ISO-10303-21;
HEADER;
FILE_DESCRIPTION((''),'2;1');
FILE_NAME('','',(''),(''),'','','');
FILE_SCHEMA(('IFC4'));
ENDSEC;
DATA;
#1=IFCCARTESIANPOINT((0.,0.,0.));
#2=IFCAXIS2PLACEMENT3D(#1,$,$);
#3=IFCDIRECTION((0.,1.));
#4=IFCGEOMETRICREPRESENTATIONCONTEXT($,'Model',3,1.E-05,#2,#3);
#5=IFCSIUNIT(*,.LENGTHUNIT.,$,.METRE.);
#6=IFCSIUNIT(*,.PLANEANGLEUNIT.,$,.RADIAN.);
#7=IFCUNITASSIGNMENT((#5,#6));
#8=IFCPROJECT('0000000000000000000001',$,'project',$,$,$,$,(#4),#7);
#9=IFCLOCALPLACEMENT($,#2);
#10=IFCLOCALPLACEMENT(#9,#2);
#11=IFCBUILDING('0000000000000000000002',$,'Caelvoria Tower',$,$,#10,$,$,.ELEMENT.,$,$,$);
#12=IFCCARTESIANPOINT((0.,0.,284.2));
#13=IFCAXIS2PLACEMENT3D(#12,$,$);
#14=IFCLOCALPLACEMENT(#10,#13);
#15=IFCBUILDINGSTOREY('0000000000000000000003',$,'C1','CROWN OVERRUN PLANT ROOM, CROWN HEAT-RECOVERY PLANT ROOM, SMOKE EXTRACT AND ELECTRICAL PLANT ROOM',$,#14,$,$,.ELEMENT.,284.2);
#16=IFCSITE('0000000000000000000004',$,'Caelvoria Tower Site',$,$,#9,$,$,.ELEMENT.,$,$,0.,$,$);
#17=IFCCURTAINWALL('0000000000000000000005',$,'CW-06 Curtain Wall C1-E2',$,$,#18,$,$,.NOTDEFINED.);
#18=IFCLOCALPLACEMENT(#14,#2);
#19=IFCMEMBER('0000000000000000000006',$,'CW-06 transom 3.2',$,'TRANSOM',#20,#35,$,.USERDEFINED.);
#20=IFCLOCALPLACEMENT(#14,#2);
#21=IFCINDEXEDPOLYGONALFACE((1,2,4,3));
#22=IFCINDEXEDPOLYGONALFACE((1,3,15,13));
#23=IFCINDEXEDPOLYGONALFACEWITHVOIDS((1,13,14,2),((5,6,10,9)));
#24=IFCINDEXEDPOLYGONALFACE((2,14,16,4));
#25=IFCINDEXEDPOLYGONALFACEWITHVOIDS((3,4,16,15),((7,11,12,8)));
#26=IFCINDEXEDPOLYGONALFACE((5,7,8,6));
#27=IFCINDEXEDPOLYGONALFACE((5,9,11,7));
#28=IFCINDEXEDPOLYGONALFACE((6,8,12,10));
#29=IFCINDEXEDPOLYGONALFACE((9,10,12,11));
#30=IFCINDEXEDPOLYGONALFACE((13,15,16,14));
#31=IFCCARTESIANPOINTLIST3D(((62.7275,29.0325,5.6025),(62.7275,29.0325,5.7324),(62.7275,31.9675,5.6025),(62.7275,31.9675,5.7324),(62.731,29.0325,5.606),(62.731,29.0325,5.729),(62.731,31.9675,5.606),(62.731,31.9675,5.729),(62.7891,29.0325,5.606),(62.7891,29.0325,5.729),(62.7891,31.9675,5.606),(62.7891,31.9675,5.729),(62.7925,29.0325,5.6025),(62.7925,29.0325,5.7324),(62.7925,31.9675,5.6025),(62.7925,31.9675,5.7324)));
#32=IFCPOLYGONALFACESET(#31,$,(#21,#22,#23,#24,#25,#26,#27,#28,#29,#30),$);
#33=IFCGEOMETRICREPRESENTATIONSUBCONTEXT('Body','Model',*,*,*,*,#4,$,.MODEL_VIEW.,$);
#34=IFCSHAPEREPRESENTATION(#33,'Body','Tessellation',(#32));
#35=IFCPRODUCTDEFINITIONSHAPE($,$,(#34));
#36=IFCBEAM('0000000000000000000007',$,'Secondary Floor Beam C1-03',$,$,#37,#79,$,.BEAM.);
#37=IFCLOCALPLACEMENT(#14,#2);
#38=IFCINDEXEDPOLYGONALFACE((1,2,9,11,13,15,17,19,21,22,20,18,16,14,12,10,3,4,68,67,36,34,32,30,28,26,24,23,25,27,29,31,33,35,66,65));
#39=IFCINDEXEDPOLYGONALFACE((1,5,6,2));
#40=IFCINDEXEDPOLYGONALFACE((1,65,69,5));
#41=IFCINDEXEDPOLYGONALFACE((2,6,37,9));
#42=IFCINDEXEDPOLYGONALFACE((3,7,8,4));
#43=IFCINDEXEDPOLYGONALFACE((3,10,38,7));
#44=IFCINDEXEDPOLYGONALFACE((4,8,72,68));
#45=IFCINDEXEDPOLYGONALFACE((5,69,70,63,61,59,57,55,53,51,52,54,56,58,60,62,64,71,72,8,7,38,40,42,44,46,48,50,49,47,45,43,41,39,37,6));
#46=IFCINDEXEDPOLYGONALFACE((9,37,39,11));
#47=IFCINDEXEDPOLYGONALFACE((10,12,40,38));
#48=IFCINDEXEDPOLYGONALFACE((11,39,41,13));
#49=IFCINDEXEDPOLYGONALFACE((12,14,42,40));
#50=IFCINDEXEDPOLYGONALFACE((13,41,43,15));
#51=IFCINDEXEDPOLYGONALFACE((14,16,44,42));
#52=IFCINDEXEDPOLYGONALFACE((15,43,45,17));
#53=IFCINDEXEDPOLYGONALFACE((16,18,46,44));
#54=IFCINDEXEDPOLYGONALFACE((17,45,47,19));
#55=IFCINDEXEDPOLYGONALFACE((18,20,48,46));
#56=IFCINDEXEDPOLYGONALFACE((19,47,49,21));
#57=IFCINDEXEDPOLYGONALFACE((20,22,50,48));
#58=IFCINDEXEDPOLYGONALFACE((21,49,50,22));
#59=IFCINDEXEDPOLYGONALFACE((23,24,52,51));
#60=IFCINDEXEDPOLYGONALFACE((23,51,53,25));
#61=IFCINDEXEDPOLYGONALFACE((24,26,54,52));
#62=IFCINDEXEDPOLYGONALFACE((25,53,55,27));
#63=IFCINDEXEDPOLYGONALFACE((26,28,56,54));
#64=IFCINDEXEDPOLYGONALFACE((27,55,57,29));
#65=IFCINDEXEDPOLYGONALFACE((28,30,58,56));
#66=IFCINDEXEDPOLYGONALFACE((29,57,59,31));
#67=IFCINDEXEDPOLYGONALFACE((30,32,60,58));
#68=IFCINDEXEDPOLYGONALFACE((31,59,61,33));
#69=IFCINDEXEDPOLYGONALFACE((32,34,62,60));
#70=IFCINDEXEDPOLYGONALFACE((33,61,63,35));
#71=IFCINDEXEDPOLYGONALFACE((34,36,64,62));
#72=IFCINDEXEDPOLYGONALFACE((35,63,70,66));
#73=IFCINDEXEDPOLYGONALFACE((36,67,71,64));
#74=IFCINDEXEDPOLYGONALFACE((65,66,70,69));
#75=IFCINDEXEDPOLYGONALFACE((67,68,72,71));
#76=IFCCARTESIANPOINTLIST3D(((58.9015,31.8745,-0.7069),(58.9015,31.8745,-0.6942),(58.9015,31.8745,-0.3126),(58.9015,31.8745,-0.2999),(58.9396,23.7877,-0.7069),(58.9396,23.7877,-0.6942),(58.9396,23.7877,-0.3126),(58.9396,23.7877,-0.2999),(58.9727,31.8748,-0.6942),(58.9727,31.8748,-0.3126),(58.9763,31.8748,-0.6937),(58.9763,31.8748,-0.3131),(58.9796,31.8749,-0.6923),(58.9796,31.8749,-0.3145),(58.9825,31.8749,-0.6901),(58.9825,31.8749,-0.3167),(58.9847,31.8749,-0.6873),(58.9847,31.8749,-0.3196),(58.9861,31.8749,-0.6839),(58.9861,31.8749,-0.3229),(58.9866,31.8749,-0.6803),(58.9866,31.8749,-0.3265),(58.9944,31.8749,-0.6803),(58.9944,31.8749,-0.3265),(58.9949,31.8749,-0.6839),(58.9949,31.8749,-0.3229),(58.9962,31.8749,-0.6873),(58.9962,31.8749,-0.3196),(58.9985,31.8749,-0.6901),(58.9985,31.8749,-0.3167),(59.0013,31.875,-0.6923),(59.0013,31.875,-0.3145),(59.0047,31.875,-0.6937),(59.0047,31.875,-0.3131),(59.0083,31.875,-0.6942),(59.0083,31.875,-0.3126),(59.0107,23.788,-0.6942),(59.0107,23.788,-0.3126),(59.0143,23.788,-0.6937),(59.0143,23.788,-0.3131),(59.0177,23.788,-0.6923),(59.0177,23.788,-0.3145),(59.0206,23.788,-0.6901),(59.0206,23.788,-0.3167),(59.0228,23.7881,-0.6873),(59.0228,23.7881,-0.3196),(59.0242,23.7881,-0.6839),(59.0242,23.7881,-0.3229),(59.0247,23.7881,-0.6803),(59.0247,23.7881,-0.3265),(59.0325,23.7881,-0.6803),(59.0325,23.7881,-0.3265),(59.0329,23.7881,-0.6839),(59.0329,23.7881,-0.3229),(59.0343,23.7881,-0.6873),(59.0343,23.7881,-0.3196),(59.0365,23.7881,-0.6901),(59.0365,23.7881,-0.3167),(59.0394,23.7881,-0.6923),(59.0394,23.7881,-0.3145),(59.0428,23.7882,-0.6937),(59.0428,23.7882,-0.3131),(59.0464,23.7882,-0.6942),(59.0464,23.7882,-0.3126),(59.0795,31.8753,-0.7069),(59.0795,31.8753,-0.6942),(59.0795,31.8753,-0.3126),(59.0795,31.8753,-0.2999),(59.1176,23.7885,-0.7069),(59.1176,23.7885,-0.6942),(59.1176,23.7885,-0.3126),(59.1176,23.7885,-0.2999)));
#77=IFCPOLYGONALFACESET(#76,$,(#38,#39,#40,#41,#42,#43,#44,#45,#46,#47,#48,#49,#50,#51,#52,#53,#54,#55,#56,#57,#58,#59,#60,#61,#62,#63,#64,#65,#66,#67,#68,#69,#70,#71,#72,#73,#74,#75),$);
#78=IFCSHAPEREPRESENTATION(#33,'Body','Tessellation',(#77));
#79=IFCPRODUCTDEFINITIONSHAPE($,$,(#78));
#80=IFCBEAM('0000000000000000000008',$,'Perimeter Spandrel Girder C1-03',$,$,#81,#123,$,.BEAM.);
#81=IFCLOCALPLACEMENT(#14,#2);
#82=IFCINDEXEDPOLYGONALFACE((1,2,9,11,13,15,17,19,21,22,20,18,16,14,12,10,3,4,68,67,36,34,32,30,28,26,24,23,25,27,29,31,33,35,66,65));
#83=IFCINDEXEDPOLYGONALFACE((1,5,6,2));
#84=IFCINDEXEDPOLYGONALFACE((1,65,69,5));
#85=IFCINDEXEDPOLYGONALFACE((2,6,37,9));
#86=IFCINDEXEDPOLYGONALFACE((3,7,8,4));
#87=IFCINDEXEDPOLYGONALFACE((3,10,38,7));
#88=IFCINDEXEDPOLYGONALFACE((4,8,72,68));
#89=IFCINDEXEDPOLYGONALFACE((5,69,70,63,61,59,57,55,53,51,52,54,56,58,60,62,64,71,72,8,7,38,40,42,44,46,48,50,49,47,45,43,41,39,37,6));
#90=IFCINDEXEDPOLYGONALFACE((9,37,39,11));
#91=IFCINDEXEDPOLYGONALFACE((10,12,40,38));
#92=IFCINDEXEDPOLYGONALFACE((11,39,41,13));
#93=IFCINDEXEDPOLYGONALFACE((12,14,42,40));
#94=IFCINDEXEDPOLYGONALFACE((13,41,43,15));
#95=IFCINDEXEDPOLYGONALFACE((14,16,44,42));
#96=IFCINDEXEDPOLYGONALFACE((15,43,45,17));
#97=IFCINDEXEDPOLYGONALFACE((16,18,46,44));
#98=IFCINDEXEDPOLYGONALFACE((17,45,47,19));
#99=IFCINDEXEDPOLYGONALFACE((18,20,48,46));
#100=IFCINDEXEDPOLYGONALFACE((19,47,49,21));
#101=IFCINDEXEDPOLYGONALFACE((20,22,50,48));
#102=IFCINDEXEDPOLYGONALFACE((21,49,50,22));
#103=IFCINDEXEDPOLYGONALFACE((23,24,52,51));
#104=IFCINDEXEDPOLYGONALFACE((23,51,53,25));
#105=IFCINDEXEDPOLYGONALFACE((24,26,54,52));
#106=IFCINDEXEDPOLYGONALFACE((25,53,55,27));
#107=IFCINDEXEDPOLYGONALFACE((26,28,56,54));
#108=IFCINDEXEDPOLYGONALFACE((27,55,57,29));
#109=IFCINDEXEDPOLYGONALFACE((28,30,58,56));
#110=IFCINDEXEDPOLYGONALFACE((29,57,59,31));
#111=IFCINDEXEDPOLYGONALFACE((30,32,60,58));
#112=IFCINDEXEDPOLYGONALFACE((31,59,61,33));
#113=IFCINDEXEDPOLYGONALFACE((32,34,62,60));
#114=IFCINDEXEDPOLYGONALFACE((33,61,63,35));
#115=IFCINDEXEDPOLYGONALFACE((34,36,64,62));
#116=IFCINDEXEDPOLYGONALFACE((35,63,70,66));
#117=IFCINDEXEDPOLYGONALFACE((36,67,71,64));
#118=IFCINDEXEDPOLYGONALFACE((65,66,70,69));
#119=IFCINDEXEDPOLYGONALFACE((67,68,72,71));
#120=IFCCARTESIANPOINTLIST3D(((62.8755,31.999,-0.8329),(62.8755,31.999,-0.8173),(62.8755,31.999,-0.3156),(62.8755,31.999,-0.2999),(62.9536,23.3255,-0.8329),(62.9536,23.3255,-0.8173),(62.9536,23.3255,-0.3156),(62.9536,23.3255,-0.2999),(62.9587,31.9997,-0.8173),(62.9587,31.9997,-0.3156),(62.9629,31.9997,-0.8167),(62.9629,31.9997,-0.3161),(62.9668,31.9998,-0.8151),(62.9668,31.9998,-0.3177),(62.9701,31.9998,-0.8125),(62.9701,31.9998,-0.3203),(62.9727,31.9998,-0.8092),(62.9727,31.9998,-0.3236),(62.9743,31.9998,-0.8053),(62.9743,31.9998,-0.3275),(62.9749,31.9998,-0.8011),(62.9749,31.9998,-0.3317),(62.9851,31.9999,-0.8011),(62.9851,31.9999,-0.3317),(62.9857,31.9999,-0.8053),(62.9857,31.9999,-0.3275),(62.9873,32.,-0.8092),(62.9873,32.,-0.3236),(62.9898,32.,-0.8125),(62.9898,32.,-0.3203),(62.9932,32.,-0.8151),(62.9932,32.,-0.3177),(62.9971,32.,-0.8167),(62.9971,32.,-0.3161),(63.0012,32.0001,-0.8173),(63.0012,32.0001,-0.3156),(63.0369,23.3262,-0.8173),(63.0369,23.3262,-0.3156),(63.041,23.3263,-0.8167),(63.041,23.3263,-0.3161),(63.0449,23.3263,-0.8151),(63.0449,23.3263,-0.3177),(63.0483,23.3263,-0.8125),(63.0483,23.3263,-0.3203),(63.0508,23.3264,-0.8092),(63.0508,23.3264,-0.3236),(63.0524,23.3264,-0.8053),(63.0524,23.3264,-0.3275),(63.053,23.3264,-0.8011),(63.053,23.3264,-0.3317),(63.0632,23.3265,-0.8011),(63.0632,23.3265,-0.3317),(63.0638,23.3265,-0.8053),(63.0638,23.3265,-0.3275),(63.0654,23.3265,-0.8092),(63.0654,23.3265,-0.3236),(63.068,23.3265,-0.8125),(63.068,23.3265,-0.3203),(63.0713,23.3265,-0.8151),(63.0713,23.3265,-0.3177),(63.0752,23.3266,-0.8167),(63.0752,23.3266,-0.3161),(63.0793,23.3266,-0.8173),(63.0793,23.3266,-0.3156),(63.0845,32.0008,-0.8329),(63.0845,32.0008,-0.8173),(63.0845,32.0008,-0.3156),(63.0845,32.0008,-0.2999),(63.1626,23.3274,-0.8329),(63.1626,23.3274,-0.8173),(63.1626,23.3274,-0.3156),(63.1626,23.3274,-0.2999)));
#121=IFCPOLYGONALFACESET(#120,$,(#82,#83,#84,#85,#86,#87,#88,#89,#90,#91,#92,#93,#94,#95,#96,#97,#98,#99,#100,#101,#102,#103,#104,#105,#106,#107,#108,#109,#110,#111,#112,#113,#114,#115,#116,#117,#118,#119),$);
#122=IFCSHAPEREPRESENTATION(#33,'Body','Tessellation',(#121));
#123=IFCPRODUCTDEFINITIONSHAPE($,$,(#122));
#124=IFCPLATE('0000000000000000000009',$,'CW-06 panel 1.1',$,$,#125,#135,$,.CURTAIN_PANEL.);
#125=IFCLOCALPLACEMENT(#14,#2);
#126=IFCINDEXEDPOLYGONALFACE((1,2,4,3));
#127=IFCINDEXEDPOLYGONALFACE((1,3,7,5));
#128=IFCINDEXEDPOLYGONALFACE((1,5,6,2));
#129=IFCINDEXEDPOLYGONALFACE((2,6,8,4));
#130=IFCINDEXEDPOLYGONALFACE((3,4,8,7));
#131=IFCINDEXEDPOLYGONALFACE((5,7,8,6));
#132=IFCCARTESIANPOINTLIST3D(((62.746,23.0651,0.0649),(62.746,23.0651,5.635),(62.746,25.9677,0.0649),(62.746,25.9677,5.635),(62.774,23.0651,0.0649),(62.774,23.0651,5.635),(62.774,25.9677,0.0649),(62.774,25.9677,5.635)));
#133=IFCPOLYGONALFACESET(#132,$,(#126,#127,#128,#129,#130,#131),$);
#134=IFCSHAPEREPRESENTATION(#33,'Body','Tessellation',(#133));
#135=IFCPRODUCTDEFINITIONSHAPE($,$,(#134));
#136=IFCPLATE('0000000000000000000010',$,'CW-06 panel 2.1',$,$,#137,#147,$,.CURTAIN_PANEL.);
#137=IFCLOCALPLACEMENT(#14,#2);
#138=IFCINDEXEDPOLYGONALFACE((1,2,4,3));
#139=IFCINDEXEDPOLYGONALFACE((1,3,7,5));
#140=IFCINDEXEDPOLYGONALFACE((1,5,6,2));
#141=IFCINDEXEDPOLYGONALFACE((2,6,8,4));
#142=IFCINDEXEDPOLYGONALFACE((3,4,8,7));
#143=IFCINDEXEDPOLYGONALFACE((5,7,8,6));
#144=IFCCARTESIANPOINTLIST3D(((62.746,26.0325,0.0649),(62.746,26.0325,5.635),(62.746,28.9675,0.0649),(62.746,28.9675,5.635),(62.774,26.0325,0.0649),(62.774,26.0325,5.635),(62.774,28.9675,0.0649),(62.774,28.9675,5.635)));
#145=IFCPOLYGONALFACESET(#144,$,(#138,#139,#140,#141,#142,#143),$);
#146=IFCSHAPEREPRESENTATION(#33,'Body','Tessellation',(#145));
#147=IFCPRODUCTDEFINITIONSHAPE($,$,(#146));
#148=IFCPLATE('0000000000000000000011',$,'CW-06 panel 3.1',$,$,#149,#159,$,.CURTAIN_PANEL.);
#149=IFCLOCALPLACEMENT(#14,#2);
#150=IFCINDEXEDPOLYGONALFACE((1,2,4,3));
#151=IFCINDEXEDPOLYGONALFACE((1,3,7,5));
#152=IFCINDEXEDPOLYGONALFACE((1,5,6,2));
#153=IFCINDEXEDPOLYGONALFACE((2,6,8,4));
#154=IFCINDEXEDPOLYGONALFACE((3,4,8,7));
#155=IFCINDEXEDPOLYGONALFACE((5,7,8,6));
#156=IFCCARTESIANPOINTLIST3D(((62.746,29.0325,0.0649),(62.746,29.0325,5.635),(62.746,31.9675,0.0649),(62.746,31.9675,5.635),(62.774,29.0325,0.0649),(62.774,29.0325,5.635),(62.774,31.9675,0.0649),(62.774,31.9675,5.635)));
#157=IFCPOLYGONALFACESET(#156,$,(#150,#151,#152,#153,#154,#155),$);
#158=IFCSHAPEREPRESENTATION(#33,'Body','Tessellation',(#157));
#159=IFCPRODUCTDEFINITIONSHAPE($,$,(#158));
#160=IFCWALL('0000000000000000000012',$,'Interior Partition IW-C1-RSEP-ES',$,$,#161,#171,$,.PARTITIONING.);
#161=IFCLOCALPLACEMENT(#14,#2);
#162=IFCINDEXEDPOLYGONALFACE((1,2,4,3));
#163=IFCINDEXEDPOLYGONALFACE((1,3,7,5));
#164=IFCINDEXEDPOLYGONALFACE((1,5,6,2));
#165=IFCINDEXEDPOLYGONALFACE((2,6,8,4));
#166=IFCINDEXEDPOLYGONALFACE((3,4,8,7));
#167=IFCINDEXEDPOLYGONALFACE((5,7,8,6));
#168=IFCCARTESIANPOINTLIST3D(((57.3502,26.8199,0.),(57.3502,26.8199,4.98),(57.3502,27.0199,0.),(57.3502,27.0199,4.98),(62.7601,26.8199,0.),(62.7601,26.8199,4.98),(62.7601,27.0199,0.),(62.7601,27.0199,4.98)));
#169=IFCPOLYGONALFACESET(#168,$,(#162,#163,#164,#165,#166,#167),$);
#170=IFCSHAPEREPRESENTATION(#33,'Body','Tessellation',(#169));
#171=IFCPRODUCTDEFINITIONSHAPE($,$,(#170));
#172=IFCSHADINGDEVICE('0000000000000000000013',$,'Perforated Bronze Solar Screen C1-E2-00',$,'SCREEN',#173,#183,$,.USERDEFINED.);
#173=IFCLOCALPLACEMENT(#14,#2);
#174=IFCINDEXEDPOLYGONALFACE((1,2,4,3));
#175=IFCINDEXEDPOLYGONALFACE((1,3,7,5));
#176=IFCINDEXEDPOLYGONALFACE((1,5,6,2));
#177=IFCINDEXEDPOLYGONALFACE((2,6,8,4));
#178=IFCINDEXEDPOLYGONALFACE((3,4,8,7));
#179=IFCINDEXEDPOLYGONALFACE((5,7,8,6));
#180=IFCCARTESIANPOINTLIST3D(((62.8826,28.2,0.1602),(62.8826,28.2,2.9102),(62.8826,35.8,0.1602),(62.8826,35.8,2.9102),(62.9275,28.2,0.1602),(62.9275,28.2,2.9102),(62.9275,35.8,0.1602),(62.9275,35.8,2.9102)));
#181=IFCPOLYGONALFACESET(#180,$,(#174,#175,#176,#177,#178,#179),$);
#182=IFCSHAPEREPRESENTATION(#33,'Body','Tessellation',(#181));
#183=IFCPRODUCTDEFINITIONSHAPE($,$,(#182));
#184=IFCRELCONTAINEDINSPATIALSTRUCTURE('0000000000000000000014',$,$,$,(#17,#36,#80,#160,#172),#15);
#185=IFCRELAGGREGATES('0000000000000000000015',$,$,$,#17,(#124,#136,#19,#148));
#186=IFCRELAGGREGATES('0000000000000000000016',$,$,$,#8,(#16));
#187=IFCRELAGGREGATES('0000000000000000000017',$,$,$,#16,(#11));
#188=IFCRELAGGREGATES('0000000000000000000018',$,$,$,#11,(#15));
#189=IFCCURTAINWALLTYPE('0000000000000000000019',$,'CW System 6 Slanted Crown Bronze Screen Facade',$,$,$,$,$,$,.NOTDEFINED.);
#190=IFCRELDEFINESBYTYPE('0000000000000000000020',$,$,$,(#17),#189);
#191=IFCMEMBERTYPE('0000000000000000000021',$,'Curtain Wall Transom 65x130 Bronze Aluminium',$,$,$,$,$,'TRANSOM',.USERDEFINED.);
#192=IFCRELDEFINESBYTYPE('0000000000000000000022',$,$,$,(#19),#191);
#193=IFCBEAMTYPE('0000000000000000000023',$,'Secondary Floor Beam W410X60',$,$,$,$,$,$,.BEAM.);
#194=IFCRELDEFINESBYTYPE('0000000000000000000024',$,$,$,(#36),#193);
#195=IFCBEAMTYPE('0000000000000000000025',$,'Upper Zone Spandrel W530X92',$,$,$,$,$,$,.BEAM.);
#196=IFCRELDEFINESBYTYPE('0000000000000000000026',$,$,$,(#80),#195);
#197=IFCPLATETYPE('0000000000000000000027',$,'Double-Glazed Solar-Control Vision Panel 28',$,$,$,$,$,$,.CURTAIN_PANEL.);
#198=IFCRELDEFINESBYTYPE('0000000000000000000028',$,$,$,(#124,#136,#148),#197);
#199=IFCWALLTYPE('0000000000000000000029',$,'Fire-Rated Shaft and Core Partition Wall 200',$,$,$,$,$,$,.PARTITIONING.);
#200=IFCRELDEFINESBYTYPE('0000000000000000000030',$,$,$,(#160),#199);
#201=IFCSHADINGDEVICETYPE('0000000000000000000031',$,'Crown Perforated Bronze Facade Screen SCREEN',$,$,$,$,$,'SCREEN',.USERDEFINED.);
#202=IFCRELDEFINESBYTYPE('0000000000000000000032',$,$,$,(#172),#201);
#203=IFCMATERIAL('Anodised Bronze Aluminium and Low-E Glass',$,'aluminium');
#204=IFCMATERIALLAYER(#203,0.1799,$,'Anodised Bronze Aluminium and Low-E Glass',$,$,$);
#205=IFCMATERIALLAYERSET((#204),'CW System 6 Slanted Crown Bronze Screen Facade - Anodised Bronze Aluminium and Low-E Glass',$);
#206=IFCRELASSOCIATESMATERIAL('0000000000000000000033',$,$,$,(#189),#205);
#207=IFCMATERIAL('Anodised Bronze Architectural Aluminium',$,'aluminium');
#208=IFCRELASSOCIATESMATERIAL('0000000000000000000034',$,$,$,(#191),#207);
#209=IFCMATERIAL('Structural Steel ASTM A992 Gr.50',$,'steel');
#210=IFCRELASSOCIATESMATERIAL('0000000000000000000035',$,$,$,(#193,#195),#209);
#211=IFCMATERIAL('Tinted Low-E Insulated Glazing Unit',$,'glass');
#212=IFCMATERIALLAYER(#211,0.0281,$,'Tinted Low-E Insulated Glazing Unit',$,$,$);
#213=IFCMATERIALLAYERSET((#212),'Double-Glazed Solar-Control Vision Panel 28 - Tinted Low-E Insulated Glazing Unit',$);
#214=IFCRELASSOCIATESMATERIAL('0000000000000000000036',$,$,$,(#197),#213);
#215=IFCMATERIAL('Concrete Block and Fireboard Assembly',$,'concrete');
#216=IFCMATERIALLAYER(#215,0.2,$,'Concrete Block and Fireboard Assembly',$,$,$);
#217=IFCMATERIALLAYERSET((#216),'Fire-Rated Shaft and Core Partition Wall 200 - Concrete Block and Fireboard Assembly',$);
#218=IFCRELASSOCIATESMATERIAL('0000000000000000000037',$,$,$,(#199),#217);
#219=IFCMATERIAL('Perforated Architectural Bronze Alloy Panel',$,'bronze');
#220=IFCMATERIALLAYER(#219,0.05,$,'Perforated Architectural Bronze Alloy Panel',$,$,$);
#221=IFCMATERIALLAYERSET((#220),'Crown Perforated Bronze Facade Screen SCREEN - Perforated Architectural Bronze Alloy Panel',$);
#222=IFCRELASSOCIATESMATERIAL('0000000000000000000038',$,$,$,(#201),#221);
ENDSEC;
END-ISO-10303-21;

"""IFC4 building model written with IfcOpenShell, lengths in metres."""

from ifc_helpers import new_model, si_unit, direction, frame, frame_2d, origin, origin_2d, place, context, subcontext, project, spatial, rectangle, hollow_rectangle, i_section, extrude, material, layer, layer_set, material_profile, profile_set, type_object, element, aggregate, save


model = new_model("IFC4")

# Units and contexts
model_context = context("Model", 3, precision=1e-05, world=origin(), true_north=direction((0.0, 1.0)))
body_context = subcontext(model_context, "Body", "Model", "MODEL_VIEW")
ifc_project = project(units=[si_unit("LENGTHUNIT", "METRE"), si_unit("PLANEANGLEUNIT", "RADIAN")], contexts=[model_context])

# Site, building, storey
site_placement = place(None, origin())
site = spatial("IfcSite", under=ifc_project, at=site_placement, Name="Caelvoria Tower Site", CompositionType="ELEMENT", RefElevation=0.0)
building_placement = place(site_placement, origin())
building = spatial("IfcBuilding", under=site, at=building_placement, Name="Caelvoria Tower", CompositionType="ELEMENT")
storey_placement = place(building_placement, frame((0.0, 0.0, 284.2)))
storey = spatial("IfcBuildingStorey", under=building, at=storey_placement, Name="C1", Description="CROWN OVERRUN PLANT ROOM, CROWN HEAT-RECOVERY PLANT ROOM, SMOKE EXTRACT AND ELECTRICAL PLANT ROOM", CompositionType="ELEMENT", Elevation=284.2)

# Shared definitions
ifc_material_1 = material(Name="Structural Steel ASTM A992 Gr.50", Category="steel")

# Shared definitions
ifc_material_2 = material(Name="Anodised Bronze Aluminium and Low-E Glass", Category="aluminium")
ifc_layer_1 = layer(ifc_material_2, 0.1799, Name="Anodised Bronze Aluminium and Low-E Glass")
ifc_layer_set_1 = layer_set([ifc_layer_1], Name="CW System 6 Slanted Crown Bronze Screen Facade - Anodised Bronze Aluminium and Low-E Glass")
curtain_wall_type = type_object("IfcCurtainWallType", Name="CW System 6 Slanted Crown Bronze Screen Facade", PredefinedType="NOTDEFINED", material=ifc_layer_set_1)
ifc_material_3 = material(Name="Anodised Bronze Architectural Aluminium", Category="aluminium")

# Curtain wall, member
curtain_wall_1_placement = place(storey_placement, origin())
curtain_wall_1 = element("IfcCurtainWall", 1, at=curtain_wall_1_placement, inside=storey, type_object=curtain_wall_type, Name="CW-06 Curtain Wall C1-E2", PredefinedType="NOTDEFINED")
ifc_material_profile_1 = material_profile(ifc_material_3, hollow_rectangle(XDim=0.0649, YDim=0.1299, WallThickness=0.0034, at=origin_2d()), Name="Anodised Bronze Architectural Aluminium")
ifc_profile_set_1 = profile_set([ifc_material_profile_1], Name="CW_TRAN_65X130 - Anodised Bronze Architectural Aluminium")
member_type_1 = type_object("IfcMemberType", Name="Curtain Wall Transom 65x130 Bronze Aluminium", ElementType="TRANSOM", PredefinedType="USERDEFINED", material=ifc_profile_set_1)
member_1_placement = place(storey_placement, frame((62.76, 29.0325, 5.6675), z_axis=(0.0, 1.0, 0.0), x_axis=(-1.0, 0.0, 0.0)))
member_1 = element("IfcMember", 2, at=member_1_placement, type_object=member_type_1, Name="CW-06 transom 3.2", ObjectType="TRANSOM", PredefinedType="USERDEFINED", context=body_context, shape_type="SweptSolid", body=[
    extrude(hollow_rectangle(XDim=0.0649, YDim=0.1299, WallThickness=0.0034, at=origin_2d()), origin(), (0.0, 0.0, 1.0), 2.9351),
])

# Beams
ifc_material_profile_2 = material_profile(ifc_material_1, i_section(OverallWidth=0.178, OverallDepth=0.407, WebThickness=0.0078, FlangeThickness=0.0127, FilletRadius=0.0139, at=origin_2d()), Name="Structural Steel ASTM A992 Gr.50")
ifc_profile_set_2 = profile_set([ifc_material_profile_2], Name="W410X60 - Structural Steel ASTM A992 Gr.50")
beam_type_1 = type_object("IfcBeamType", Name="Secondary Floor Beam W410X60", PredefinedType="BEAM", material=ifc_profile_set_2)
beam_1_placement = place(storey_placement, frame((59.0286, 23.7881, -0.5034), z_axis=(-0.00471, 0.999989, 0.0), x_axis=(-0.999989, -0.00471, 0.0)))
element("IfcBeam", 3, at=beam_1_placement, inside=storey, type_object=beam_type_1, Name="Secondary Floor Beam C1-03", PredefinedType="BEAM", context=body_context, shape_type="SweptSolid", body=[
    extrude(i_section(OverallWidth=0.178, OverallDepth=0.407, WebThickness=0.0078, FlangeThickness=0.0127, FilletRadius=0.0139, at=origin_2d()), origin(), (0.0, 0.0, 1.0), 8.0869),
])
ifc_material_profile_3 = material_profile(ifc_material_1, i_section(OverallWidth=0.209, OverallDepth=0.533, WebThickness=0.0103, FlangeThickness=0.0156, FilletRadius=0.0161, at=origin_2d()), Name="Structural Steel ASTM A992 Gr.50")
ifc_profile_set_3 = profile_set([ifc_material_profile_3], Name="W530X92 - Structural Steel ASTM A992 Gr.50")
beam_type_2 = type_object("IfcBeamType", Name="Upper Zone Spandrel W530X92", PredefinedType="BEAM", material=ifc_profile_set_3)
beam_2_placement = place(storey_placement, frame((63.0581, 23.3264, -0.5664), z_axis=(-0.009007, 0.999959, 0.0), x_axis=(-0.999959, -0.009007, 0.0)))
element("IfcBeam", 4, at=beam_2_placement, inside=storey, type_object=beam_type_2, Name="Perimeter Spandrel Girder C1-03", PredefinedType="BEAM", context=body_context, shape_type="SweptSolid", body=[
    extrude(i_section(OverallWidth=0.209, OverallDepth=0.533, WebThickness=0.0103, FlangeThickness=0.0156, FilletRadius=0.0161, at=origin_2d()), origin(), (0.0, 0.0, 1.0), 8.6738),
])

# Plates
ifc_material_4 = material(Name="Tinted Low-E Insulated Glazing Unit", Category="glass")
ifc_layer_2 = layer(ifc_material_4, 0.0281, Name="Tinted Low-E Insulated Glazing Unit")
ifc_layer_set_2 = layer_set([ifc_layer_2], Name="Double-Glazed Solar-Control Vision Panel 28 - Tinted Low-E Insulated Glazing Unit")
plate_type = type_object("IfcPlateType", Name="Double-Glazed Solar-Control Vision Panel 28", PredefinedType="CURTAIN_PANEL", material=ifc_layer_set_2)
plate_1_placement = place(storey_placement, frame((62.76, 24.5164, 0.0649), z_axis=(0.0, 0.0, 1.0), x_axis=(0.0, 1.0, 0.0)))
plate_1 = element("IfcPlate", 5, at=plate_1_placement, type_object=plate_type, Name="CW-06 panel 1.1", PredefinedType="CURTAIN_PANEL", context=body_context, shape_type="SweptSolid", body=[
    extrude(rectangle(XDim=2.9026, YDim=0.0281, at=origin_2d()), origin(), (0.0, 0.0, 1.0), 5.5701),
])
plate_2_placement = place(storey_placement, frame((62.76, 27.5, 0.0649), z_axis=(0.0, 0.0, 1.0), x_axis=(0.0, 1.0, 0.0)))
plate_2 = element("IfcPlate", 6, at=plate_2_placement, type_object=plate_type, Name="CW-06 panel 2.1", PredefinedType="CURTAIN_PANEL", context=body_context, shape_type="SweptSolid", body=[
    extrude(rectangle(XDim=2.9351, YDim=0.0281, at=origin_2d()), origin(), (0.0, 0.0, 1.0), 5.5701),
])
plate_3_placement = place(storey_placement, frame((62.76, 30.5, 0.0649), z_axis=(0.0, 0.0, 1.0), x_axis=(0.0, 1.0, 0.0)))
plate_3 = element("IfcPlate", 7, at=plate_3_placement, type_object=plate_type, Name="CW-06 panel 3.1", PredefinedType="CURTAIN_PANEL", context=body_context, shape_type="SweptSolid", body=[
    extrude(rectangle(XDim=2.9351, YDim=0.0281, at=origin_2d()), origin(), (0.0, 0.0, 1.0), 5.5701),
])
aggregate(curtain_wall_1, [plate_1, plate_2, member_1, plate_3])

# Wall
ifc_material_5 = material(Name="Concrete Block and Fireboard Assembly", Category="concrete")
ifc_layer_3 = layer(ifc_material_5, 0.2, Name="Concrete Block and Fireboard Assembly")
ifc_layer_set_3 = layer_set([ifc_layer_3], Name="Fire-Rated Shaft and Core Partition Wall 200 - Concrete Block and Fireboard Assembly")
wall_type = type_object("IfcWallType", Name="Fire-Rated Shaft and Core Partition Wall 200", PredefinedType="PARTITIONING", material=ifc_layer_set_3)
wall_placement = place(storey_placement, frame((57.3501, 26.9199, 0.0), z_axis=(0.0, 0.0, 1.0), x_axis=(1.0, 0.0, 0.0)))
element("IfcWall", 8, at=wall_placement, inside=storey, type_object=wall_type, Name="Interior Partition IW-C1-RSEP-ES", PredefinedType="PARTITIONING", context=body_context, shape_type="SweptSolid", body=[
    extrude(rectangle(XDim=5.4099, YDim=0.2, at=frame_2d((2.7051, 0.0))), origin(), (0.0, 0.0, 1.0), 4.98),
])

# Shading device
ifc_material_6 = material(Name="Perforated Architectural Bronze Alloy Panel", Category="bronze")
ifc_layer_4 = layer(ifc_material_6, 0.05, Name="Perforated Architectural Bronze Alloy Panel")
ifc_layer_set_4 = layer_set([ifc_layer_4], Name="Crown Perforated Bronze Facade Screen SCREEN - Perforated Architectural Bronze Alloy Panel")
shading_device_type = type_object("IfcShadingDeviceType", Name="Crown Perforated Bronze Facade Screen SCREEN", ElementType="SCREEN", PredefinedType="USERDEFINED", material=ifc_layer_set_4)
shading_device_placement = place(storey_placement, frame((62.905, 32.0, 0.1602), z_axis=(0.0, 0.0, 1.0), x_axis=(0.0, 1.0, 0.0)))
element("IfcShadingDevice", 9, at=shading_device_placement, inside=storey, type_object=shading_device_type, Name="Perforated Bronze Solar Screen C1-E2-00", ObjectType="SCREEN", PredefinedType="USERDEFINED", context=body_context, shape_type="SweptSolid", body=[
    extrude(rectangle(XDim=7.6001, YDim=0.0449, at=origin_2d()), origin(), (0.0, 0.0, 1.0), 2.75),
])

save(model, "model.ifc")
